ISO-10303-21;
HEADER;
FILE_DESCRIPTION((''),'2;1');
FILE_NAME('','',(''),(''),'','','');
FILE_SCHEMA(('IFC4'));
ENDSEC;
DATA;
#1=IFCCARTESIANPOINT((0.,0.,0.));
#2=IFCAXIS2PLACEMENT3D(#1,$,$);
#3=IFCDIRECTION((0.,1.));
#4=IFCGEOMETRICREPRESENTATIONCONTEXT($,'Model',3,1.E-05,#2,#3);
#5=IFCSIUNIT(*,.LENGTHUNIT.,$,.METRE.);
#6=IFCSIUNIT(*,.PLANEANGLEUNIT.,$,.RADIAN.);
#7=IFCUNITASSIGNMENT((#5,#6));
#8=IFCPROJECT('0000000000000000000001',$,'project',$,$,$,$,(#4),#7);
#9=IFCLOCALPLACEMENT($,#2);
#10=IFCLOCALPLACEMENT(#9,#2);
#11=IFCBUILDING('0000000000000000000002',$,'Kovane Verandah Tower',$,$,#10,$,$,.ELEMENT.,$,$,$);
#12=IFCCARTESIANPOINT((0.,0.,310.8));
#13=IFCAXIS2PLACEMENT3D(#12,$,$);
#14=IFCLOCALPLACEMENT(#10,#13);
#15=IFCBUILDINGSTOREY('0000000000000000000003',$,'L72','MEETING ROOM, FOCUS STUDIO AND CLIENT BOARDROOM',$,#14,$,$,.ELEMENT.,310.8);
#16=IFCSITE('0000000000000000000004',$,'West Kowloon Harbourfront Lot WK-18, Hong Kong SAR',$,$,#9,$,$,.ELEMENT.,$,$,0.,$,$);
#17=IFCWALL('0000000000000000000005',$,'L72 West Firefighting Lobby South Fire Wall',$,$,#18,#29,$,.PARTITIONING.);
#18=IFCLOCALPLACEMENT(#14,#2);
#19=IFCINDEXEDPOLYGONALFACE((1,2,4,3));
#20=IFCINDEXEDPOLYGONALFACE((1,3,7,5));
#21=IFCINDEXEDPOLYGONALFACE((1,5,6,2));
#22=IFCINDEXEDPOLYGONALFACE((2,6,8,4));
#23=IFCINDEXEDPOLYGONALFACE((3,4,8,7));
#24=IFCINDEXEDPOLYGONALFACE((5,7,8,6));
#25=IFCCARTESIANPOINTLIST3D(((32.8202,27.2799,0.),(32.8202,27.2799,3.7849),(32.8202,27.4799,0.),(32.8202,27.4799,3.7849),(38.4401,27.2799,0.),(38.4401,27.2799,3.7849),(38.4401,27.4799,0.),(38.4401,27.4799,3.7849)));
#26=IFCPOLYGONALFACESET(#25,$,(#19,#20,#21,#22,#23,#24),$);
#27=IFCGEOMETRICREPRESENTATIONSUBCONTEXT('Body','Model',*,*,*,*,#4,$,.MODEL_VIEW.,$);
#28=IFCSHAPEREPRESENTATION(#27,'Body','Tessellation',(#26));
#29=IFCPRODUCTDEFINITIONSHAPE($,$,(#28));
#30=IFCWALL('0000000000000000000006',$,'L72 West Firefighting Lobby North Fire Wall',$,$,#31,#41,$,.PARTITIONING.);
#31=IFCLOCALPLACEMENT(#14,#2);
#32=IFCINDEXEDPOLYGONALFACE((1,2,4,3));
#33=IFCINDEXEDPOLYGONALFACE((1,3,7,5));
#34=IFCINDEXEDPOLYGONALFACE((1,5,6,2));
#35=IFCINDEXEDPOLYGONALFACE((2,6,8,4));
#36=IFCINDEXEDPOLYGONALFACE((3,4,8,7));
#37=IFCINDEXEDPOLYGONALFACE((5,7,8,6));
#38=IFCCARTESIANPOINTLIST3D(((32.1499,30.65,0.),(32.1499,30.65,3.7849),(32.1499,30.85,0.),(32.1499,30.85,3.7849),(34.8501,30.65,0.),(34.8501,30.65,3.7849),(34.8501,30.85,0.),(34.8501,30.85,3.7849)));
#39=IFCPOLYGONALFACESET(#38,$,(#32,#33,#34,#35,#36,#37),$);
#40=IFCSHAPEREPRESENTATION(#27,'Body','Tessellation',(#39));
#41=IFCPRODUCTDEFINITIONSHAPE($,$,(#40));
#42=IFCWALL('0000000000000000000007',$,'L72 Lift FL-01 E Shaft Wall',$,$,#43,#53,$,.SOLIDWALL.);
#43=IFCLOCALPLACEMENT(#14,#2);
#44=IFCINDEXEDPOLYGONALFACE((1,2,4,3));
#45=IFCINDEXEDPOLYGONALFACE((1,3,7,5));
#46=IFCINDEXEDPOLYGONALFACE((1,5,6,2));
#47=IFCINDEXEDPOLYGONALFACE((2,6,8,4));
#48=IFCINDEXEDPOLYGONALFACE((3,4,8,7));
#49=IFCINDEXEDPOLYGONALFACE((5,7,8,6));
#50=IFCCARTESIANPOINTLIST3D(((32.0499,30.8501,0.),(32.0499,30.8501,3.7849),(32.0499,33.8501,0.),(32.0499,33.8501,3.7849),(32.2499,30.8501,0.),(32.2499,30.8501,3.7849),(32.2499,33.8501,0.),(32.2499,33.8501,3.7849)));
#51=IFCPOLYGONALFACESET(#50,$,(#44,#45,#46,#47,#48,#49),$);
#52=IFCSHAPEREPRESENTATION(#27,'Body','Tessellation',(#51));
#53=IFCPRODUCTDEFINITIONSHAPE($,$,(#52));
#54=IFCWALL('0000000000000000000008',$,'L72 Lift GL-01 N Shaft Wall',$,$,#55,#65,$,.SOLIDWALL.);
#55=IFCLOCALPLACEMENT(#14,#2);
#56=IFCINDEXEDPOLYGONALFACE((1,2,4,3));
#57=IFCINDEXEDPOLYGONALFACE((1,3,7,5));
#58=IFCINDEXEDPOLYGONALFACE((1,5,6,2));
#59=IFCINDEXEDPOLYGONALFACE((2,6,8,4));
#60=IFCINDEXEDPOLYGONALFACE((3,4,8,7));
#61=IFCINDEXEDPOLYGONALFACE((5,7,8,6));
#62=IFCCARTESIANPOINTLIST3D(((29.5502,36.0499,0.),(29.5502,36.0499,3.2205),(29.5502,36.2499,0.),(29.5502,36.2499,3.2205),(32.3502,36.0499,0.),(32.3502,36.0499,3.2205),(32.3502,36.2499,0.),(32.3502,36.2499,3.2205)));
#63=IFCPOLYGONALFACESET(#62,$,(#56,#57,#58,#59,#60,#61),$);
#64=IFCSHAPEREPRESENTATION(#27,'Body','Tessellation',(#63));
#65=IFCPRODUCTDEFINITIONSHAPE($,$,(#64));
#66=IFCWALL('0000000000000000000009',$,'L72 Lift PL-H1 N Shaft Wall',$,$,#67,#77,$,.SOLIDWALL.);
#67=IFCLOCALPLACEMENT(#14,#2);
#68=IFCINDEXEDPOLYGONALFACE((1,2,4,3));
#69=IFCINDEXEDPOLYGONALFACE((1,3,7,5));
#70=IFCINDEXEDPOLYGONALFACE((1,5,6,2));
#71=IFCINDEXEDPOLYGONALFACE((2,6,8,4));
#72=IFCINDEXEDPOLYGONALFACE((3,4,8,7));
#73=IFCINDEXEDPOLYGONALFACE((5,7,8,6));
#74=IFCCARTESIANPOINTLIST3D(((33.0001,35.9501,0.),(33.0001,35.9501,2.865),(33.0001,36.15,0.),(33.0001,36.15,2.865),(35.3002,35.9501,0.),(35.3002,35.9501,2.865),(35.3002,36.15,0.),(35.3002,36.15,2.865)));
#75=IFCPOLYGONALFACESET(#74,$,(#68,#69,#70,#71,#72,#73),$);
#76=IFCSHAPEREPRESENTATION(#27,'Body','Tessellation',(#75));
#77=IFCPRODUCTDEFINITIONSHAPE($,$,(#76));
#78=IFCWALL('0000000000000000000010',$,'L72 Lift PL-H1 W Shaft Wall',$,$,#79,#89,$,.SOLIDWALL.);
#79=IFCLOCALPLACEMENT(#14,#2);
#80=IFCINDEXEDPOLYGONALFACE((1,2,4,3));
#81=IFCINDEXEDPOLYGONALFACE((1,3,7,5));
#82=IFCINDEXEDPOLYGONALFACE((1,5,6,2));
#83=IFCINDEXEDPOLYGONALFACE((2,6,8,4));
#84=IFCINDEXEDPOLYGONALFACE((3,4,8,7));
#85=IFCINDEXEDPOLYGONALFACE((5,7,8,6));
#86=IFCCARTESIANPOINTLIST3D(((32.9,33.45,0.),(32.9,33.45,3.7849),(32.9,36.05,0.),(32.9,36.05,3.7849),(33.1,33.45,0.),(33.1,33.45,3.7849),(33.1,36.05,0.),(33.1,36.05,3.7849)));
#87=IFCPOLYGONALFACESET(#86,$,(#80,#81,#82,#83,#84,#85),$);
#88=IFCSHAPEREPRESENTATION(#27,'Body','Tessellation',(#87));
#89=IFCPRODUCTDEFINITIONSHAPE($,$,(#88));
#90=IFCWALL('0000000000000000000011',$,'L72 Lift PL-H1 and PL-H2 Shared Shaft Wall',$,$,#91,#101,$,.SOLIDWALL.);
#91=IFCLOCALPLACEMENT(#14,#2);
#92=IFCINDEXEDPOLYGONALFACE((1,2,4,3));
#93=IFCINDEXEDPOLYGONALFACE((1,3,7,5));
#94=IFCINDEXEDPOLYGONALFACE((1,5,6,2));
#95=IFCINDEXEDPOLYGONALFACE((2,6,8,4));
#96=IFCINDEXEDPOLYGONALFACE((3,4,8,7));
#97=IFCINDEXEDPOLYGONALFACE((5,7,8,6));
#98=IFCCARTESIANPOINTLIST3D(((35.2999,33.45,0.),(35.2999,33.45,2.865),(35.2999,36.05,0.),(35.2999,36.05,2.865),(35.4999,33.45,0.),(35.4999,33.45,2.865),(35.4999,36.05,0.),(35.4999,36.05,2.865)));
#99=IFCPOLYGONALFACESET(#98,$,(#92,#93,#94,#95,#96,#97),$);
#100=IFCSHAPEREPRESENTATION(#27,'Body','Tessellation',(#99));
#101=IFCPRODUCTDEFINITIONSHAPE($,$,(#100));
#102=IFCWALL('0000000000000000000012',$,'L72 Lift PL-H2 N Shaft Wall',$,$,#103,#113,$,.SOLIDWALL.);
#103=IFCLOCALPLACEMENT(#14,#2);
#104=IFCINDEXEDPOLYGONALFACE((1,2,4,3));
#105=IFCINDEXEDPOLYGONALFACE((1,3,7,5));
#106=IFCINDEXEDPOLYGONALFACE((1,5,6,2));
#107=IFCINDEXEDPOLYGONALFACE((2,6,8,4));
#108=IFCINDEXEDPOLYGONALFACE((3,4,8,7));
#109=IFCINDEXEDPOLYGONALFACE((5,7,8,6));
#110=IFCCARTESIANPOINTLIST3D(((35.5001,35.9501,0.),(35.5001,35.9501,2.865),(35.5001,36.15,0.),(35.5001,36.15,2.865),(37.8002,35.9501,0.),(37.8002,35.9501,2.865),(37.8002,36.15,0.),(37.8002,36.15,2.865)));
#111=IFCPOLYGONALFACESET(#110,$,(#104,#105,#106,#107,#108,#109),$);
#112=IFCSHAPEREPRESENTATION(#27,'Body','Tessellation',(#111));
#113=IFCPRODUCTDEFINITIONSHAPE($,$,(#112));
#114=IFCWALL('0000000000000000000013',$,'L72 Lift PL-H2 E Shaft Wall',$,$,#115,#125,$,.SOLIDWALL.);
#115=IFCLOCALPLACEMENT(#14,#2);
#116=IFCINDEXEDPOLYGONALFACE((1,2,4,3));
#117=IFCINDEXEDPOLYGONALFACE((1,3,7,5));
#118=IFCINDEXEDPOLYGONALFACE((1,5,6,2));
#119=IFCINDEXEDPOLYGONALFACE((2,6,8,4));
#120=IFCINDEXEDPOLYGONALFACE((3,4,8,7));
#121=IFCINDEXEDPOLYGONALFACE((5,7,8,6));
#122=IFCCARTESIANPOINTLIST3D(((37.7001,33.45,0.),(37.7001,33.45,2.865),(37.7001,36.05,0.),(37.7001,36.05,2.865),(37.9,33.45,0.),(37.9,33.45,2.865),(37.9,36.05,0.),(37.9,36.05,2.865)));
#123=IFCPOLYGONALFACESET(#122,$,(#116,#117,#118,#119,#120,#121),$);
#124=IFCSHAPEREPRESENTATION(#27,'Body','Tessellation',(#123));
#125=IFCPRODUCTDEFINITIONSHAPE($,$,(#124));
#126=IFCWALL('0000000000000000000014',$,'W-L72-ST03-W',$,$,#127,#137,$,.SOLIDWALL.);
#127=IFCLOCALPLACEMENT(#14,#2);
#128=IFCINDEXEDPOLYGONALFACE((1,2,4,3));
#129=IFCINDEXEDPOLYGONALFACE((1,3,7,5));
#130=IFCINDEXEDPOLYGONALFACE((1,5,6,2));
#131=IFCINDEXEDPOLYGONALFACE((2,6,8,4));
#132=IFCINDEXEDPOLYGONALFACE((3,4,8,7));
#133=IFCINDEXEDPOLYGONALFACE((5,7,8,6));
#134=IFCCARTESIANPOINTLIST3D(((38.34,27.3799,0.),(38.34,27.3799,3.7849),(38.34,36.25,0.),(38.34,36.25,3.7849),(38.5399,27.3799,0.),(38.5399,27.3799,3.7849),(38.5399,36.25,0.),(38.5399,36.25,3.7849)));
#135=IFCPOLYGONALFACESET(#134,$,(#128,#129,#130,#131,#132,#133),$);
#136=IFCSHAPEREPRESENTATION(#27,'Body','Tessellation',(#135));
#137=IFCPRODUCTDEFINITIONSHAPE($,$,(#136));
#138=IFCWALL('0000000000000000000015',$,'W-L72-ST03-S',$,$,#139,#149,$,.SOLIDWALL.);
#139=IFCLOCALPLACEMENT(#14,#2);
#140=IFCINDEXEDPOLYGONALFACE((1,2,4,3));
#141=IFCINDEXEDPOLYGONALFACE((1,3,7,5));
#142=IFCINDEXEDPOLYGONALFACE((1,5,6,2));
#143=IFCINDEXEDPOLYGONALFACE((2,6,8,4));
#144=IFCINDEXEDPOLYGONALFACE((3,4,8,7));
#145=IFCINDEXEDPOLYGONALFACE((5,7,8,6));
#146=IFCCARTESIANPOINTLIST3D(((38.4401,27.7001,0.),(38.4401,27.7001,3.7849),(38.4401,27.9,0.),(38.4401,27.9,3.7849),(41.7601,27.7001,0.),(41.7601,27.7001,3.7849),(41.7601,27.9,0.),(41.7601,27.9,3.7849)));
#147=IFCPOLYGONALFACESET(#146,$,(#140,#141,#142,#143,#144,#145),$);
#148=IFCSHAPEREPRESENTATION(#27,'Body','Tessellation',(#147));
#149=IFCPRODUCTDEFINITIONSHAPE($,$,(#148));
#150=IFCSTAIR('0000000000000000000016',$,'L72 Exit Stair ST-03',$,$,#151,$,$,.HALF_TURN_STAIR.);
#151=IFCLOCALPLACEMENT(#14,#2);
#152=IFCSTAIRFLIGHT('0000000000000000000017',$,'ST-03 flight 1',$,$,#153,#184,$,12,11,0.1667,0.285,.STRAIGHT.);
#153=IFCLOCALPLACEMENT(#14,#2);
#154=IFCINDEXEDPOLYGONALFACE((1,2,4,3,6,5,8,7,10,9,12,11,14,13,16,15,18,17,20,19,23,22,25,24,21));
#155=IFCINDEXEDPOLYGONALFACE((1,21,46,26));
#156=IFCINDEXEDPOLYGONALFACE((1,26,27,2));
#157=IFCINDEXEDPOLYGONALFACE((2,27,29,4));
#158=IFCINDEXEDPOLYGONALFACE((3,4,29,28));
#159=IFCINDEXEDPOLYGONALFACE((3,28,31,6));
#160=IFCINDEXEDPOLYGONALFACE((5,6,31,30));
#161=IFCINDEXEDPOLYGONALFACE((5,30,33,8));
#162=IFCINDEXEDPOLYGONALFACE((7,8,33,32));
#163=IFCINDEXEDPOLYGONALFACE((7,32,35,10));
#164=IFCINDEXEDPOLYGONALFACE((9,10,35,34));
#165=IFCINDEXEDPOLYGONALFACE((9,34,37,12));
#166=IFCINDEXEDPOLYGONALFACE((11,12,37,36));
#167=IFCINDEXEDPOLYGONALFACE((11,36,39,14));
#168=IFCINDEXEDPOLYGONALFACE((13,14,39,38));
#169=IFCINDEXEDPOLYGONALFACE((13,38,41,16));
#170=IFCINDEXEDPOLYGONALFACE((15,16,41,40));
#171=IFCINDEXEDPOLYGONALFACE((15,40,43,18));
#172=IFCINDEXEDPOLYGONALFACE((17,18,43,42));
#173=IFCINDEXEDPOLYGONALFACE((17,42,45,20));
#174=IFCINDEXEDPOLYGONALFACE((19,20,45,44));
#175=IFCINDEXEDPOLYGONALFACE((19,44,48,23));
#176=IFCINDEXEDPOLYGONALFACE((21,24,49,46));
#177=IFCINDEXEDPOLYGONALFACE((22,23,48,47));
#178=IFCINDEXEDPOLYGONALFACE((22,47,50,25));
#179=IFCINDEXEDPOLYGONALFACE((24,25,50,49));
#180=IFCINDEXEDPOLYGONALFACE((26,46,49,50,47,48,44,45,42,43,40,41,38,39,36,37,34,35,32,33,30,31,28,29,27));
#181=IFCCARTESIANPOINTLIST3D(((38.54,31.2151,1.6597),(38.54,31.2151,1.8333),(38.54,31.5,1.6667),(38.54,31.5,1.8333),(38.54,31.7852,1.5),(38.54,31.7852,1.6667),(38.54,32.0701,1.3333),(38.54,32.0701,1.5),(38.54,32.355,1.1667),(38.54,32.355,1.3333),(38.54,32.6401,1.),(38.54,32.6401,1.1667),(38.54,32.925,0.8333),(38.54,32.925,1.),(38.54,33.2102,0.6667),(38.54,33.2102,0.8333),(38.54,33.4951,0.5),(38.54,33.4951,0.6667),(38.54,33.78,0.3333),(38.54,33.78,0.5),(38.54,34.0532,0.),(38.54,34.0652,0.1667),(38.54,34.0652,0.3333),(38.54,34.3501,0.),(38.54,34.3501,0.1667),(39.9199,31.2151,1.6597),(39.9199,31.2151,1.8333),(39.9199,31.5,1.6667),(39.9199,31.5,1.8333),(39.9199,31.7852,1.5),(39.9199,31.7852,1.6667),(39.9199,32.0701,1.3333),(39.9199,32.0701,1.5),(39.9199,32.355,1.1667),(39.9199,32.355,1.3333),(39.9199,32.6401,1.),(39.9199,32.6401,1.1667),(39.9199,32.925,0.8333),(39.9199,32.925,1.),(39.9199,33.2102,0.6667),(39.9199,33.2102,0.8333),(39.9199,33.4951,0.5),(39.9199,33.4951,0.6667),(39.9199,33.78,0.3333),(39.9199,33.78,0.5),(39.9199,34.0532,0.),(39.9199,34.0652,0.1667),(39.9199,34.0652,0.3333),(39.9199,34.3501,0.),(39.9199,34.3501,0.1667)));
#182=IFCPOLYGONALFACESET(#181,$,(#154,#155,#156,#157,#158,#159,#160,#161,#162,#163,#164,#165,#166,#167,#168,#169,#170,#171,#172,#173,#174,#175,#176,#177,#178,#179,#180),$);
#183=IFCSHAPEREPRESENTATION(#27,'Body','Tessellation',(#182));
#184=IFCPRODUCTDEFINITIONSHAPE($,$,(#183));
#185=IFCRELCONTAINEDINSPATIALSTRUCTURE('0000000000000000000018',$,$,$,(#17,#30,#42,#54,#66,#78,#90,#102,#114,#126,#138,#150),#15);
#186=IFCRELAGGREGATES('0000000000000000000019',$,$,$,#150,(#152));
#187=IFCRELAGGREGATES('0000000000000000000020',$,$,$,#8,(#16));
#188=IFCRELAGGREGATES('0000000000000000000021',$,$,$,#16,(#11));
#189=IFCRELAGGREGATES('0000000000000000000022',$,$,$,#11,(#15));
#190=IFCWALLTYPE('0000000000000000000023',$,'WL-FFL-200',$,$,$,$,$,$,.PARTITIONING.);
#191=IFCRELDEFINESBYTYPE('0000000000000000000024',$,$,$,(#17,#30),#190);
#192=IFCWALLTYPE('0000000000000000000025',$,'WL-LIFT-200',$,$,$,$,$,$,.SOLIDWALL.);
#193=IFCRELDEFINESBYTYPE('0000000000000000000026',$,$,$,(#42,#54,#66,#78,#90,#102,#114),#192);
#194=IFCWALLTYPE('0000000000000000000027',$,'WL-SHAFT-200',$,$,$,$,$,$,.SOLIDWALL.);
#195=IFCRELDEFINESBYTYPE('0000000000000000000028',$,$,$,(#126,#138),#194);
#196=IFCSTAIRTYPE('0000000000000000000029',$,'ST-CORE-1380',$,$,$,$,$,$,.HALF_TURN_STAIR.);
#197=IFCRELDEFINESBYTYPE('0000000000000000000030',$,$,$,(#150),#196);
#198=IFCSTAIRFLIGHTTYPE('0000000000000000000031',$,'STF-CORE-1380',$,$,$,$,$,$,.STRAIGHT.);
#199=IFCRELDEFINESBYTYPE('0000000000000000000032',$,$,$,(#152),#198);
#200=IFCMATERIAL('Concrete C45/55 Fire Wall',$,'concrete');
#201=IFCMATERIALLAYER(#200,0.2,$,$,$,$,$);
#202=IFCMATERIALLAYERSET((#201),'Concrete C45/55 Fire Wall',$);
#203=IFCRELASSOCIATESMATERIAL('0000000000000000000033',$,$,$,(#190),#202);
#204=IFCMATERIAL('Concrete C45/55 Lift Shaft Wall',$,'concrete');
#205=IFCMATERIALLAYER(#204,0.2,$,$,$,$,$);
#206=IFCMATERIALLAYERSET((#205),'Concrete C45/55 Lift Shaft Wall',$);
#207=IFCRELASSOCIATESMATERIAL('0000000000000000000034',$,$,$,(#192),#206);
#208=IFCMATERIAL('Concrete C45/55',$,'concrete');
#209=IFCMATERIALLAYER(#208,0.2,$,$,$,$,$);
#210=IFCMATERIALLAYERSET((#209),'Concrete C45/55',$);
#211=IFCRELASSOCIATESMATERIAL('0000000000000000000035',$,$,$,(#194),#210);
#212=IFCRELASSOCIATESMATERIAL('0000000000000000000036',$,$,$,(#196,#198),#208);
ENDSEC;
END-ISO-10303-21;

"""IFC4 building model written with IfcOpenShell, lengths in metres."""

from ifc_helpers import new_model, si_unit, direction, frame, frame_2d, origin, place, context, subcontext, project, spatial, polyline, rectangle, outline, extrude, material, layer, layer_set, type_object, element, aggregate, save


model = new_model("IFC4")

# Units and contexts
model_context = context("Model", 3, precision=1e-05, world=origin(), true_north=direction((0.0, 1.0)))
body_context = subcontext(model_context, "Body", "Model", "MODEL_VIEW")
ifc_project = project(units=[si_unit("LENGTHUNIT", "METRE"), si_unit("PLANEANGLEUNIT", "RADIAN")], contexts=[model_context])

# Site, building, storey
site_placement = place(None, origin())
site = spatial("IfcSite", under=ifc_project, at=site_placement, Name="West Kowloon Harbourfront Lot WK-18, Hong Kong SAR", CompositionType="ELEMENT", RefElevation=0.0)
building_placement = place(site_placement, origin())
building = spatial("IfcBuilding", under=site, at=building_placement, Name="Kovane Verandah Tower", CompositionType="ELEMENT")
storey_placement = place(building_placement, frame((0.0, 0.0, 310.8)))
storey = spatial("IfcBuildingStorey", under=building, at=storey_placement, Name="L72", Description="MEETING ROOM, FOCUS STUDIO AND CLIENT BOARDROOM", CompositionType="ELEMENT", Elevation=310.8)

# Shared definitions
ifc_material_1 = material(Name="Concrete C45/55 Fire Wall", Category="concrete")
ifc_layer_1 = layer(ifc_material_1, 0.2)
ifc_layer_set_1 = layer_set([ifc_layer_1], Name="Concrete C45/55 Fire Wall")
wall_type_1 = type_object("IfcWallType", Name="WL-FFL-200", PredefinedType="PARTITIONING", material=ifc_layer_set_1)

# Walls
wall_1_placement = place(storey_placement, frame((32.8201, 27.3799, 0.0), z_axis=(0.0, 0.0, 1.0), x_axis=(1.0, 0.0, 0.0)))
element("IfcWall", 1, at=wall_1_placement, inside=storey, type_object=wall_type_1, Name="L72 West Firefighting Lobby South Fire Wall", PredefinedType="PARTITIONING", context=body_context, shape_type="SweptSolid", body=[
    extrude(rectangle(XDim=5.6199, YDim=0.2, at=frame_2d((2.8101, 0.0))), origin(), (0.0, 0.0, 1.0), 3.7849),
])
wall_2_placement = place(storey_placement, frame((32.1499, 30.75, 0.0), z_axis=(0.0, 0.0, 1.0), x_axis=(1.0, 0.0, 0.0)))
element("IfcWall", 2, at=wall_2_placement, inside=storey, type_object=wall_type_1, Name="L72 West Firefighting Lobby North Fire Wall", PredefinedType="PARTITIONING", context=body_context, shape_type="SweptSolid", body=[
    extrude(rectangle(XDim=2.7002, YDim=0.2, at=frame_2d((1.3501, 0.0))), origin(), (0.0, 0.0, 1.0), 3.7849),
])
ifc_material_2 = material(Name="Concrete C45/55 Lift Shaft Wall", Category="concrete")
ifc_layer_2 = layer(ifc_material_2, 0.2)
ifc_layer_set_2 = layer_set([ifc_layer_2], Name="Concrete C45/55 Lift Shaft Wall")
wall_type_2 = type_object("IfcWallType", Name="WL-LIFT-200", PredefinedType="SOLIDWALL", material=ifc_layer_set_2)
wall_3_placement = place(storey_placement, frame((32.1499, 30.8501, 0.0), z_axis=(0.0, 0.0, 1.0), x_axis=(0.0, 1.0, 0.0)))
element("IfcWall", 3, at=wall_3_placement, inside=storey, type_object=wall_type_2, Name="L72 Lift FL-01 E Shaft Wall", PredefinedType="SOLIDWALL", context=body_context, shape_type="SweptSolid", body=[
    extrude(rectangle(XDim=3.0, YDim=0.2, at=frame_2d((1.5, 0.0))), origin(), (0.0, 0.0, 1.0), 3.7849),
])
wall_4_placement = place(storey_placement, frame((32.3501, 36.1499, 0.0), z_axis=(0.0, 0.0, 1.0), x_axis=(-1.0, 0.0, 0.0)))
element("IfcWall", 4, at=wall_4_placement, inside=storey, type_object=wall_type_2, Name="L72 Lift GL-01 N Shaft Wall", PredefinedType="SOLIDWALL", context=body_context, shape_type="SweptSolid", body=[
    extrude(rectangle(XDim=2.8, YDim=0.2, at=frame_2d((1.3999, 0.0))), origin(), (0.0, 0.0, 1.0), 3.2205),
])

# Walls
wall_5_placement = place(storey_placement, frame((35.3, 36.05, 0.0), z_axis=(0.0, 0.0, 1.0), x_axis=(-1.0, 0.0, 0.0)))
element("IfcWall", 5, at=wall_5_placement, inside=storey, type_object=wall_type_2, Name="L72 Lift PL-H1 N Shaft Wall", PredefinedType="SOLIDWALL", context=body_context, shape_type="SweptSolid", body=[
    extrude(rectangle(XDim=2.3, YDim=0.2, at=frame_2d((1.1499, 0.0))), origin(), (0.0, 0.0, 1.0), 2.865),
])
wall_6_placement = place(storey_placement, frame((33.0, 36.05, 0.0), z_axis=(0.0, 0.0, 1.0), x_axis=(0.0, -1.0, 0.0)))
element("IfcWall", 6, at=wall_6_placement, inside=storey, type_object=wall_type_2, Name="L72 Lift PL-H1 W Shaft Wall", PredefinedType="SOLIDWALL", context=body_context, shape_type="SweptSolid", body=[
    extrude(rectangle(XDim=2.6001, YDim=0.2, at=frame_2d((1.3, 0.0))), origin(), (0.0, 0.0, 1.0), 3.7849),
])
wall_7_placement = place(storey_placement, frame((35.3999, 33.45, 0.0), z_axis=(0.0, 0.0, 1.0), x_axis=(0.0, 1.0, 0.0)))
element("IfcWall", 7, at=wall_7_placement, inside=storey, type_object=wall_type_2, Name="L72 Lift PL-H1 and PL-H2 Shared Shaft Wall", PredefinedType="SOLIDWALL", context=body_context, shape_type="SweptSolid", body=[
    extrude(rectangle(XDim=2.6001, YDim=0.2, at=frame_2d((1.3, 0.0))), origin(), (0.0, 0.0, 1.0), 2.865),
])

# Walls
wall_8_placement = place(storey_placement, frame((37.8, 36.05, 0.0), z_axis=(0.0, 0.0, 1.0), x_axis=(-1.0, 0.0, 0.0)))
element("IfcWall", 8, at=wall_8_placement, inside=storey, type_object=wall_type_2, Name="L72 Lift PL-H2 N Shaft Wall", PredefinedType="SOLIDWALL", context=body_context, shape_type="SweptSolid", body=[
    extrude(rectangle(XDim=2.3, YDim=0.2, at=frame_2d((1.1499, 0.0))), origin(), (0.0, 0.0, 1.0), 2.865),
])
wall_9_placement = place(storey_placement, frame((37.8, 33.45, 0.0), z_axis=(0.0, 0.0, 1.0), x_axis=(0.0, 1.0, 0.0)))
element("IfcWall", 9, at=wall_9_placement, inside=storey, type_object=wall_type_2, Name="L72 Lift PL-H2 E Shaft Wall", PredefinedType="SOLIDWALL", context=body_context, shape_type="SweptSolid", body=[
    extrude(rectangle(XDim=2.6001, YDim=0.2, at=frame_2d((1.3, 0.0))), origin(), (0.0, 0.0, 1.0), 2.865),
])
ifc_material_3 = material(Name="Concrete C45/55", Category="concrete")
ifc_layer_3 = layer(ifc_material_3, 0.2)
ifc_layer_set_3 = layer_set([ifc_layer_3], Name="Concrete C45/55")
wall_type_3 = type_object("IfcWallType", Name="WL-SHAFT-200", PredefinedType="SOLIDWALL", material=ifc_layer_set_3)
wall_10_placement = place(storey_placement, frame((38.4399, 27.3799, 0.0), z_axis=(0.0, 0.0, 1.0), x_axis=(0.0, 1.0, 0.0)))
element("IfcWall", 10, at=wall_10_placement, inside=storey, type_object=wall_type_3, Name="W-L72-ST03-W", PredefinedType="SOLIDWALL", context=body_context, shape_type="SweptSolid", body=[
    extrude(rectangle(XDim=8.8701, YDim=0.2, at=frame_2d((4.4351, 0.0))), origin(), (0.0, 0.0, 1.0), 3.7849),
])
wall_11_placement = place(storey_placement, frame((38.4399, 27.8, 0.0), z_axis=(0.0, 0.0, 1.0), x_axis=(1.0, 0.0, 0.0)))
element("IfcWall", 11, at=wall_11_placement, inside=storey, type_object=wall_type_3, Name="W-L72-ST03-S", PredefinedType="SOLIDWALL", context=body_context, shape_type="SweptSolid", body=[
    extrude(rectangle(XDim=3.3201, YDim=0.2, at=frame_2d((1.6602, 0.0))), origin(), (0.0, 0.0, 1.0), 3.7849),
])

# Stair, stair flight
stair_type = type_object("IfcStairType", Name="ST-CORE-1380", PredefinedType="HALF_TURN_STAIR", material=ifc_material_3)
stair_placement = place(storey_placement, origin())
stair = element("IfcStair", 12, at=stair_placement, inside=storey, type_object=stair_type, Name="L72 Exit Stair ST-03", PredefinedType="HALF_TURN_STAIR")
stair_flight_type = type_object("IfcStairFlightType", Name="STF-CORE-1380", PredefinedType="STRAIGHT", material=ifc_material_3)
stair_flight_placement = place(storey_placement, frame((39.23, 34.3501, 0.0), z_axis=(0.0, 0.0, 1.0), x_axis=(0.0, -1.0, 0.0)))
stair_flight = element("IfcStairFlight", 13, at=stair_flight_placement, type_object=stair_flight_type, Name="ST-03 flight 1", NumberOfRisers=12, NumberOfTreads=11, PredefinedType="STRAIGHT", RiserHeight=0.1667, TreadLength=0.285, context=body_context, shape_type="SweptSolid", body=[
    extrude(outline(polyline([(0.0, 0.0), (0.0, 0.1667), (0.2849, 0.1667), (0.2849, 0.3333), (0.5701, 0.3333), (0.5701, 0.5), (0.855, 0.5), (0.855, 0.6667), (1.1399, 0.6667), (1.1399, 0.8333), (1.425, 0.8333), (1.425, 1.0), (1.71, 1.0), (1.71, 1.1667), (1.9951, 1.1667), (1.9951, 1.3333), (2.28, 1.3333), (2.28, 1.5), (2.5649, 1.5), (2.5649, 1.6667), (2.8501, 1.6667), (2.8501, 1.8333), (3.135, 1.8333), (3.135, 2.0), (3.135, 1.6597), (0.2969, 0.0), (0.0, 0.0)])), frame((0.0, 0.6899, 0.0), z_axis=(0.0, -1.0, 0.0), x_axis=(1.0, 0.0, 0.0)), (0.0, 0.0, 1.0), 1.3799),
])
aggregate(stair, [stair_flight])

save(model, "model.ifc")
